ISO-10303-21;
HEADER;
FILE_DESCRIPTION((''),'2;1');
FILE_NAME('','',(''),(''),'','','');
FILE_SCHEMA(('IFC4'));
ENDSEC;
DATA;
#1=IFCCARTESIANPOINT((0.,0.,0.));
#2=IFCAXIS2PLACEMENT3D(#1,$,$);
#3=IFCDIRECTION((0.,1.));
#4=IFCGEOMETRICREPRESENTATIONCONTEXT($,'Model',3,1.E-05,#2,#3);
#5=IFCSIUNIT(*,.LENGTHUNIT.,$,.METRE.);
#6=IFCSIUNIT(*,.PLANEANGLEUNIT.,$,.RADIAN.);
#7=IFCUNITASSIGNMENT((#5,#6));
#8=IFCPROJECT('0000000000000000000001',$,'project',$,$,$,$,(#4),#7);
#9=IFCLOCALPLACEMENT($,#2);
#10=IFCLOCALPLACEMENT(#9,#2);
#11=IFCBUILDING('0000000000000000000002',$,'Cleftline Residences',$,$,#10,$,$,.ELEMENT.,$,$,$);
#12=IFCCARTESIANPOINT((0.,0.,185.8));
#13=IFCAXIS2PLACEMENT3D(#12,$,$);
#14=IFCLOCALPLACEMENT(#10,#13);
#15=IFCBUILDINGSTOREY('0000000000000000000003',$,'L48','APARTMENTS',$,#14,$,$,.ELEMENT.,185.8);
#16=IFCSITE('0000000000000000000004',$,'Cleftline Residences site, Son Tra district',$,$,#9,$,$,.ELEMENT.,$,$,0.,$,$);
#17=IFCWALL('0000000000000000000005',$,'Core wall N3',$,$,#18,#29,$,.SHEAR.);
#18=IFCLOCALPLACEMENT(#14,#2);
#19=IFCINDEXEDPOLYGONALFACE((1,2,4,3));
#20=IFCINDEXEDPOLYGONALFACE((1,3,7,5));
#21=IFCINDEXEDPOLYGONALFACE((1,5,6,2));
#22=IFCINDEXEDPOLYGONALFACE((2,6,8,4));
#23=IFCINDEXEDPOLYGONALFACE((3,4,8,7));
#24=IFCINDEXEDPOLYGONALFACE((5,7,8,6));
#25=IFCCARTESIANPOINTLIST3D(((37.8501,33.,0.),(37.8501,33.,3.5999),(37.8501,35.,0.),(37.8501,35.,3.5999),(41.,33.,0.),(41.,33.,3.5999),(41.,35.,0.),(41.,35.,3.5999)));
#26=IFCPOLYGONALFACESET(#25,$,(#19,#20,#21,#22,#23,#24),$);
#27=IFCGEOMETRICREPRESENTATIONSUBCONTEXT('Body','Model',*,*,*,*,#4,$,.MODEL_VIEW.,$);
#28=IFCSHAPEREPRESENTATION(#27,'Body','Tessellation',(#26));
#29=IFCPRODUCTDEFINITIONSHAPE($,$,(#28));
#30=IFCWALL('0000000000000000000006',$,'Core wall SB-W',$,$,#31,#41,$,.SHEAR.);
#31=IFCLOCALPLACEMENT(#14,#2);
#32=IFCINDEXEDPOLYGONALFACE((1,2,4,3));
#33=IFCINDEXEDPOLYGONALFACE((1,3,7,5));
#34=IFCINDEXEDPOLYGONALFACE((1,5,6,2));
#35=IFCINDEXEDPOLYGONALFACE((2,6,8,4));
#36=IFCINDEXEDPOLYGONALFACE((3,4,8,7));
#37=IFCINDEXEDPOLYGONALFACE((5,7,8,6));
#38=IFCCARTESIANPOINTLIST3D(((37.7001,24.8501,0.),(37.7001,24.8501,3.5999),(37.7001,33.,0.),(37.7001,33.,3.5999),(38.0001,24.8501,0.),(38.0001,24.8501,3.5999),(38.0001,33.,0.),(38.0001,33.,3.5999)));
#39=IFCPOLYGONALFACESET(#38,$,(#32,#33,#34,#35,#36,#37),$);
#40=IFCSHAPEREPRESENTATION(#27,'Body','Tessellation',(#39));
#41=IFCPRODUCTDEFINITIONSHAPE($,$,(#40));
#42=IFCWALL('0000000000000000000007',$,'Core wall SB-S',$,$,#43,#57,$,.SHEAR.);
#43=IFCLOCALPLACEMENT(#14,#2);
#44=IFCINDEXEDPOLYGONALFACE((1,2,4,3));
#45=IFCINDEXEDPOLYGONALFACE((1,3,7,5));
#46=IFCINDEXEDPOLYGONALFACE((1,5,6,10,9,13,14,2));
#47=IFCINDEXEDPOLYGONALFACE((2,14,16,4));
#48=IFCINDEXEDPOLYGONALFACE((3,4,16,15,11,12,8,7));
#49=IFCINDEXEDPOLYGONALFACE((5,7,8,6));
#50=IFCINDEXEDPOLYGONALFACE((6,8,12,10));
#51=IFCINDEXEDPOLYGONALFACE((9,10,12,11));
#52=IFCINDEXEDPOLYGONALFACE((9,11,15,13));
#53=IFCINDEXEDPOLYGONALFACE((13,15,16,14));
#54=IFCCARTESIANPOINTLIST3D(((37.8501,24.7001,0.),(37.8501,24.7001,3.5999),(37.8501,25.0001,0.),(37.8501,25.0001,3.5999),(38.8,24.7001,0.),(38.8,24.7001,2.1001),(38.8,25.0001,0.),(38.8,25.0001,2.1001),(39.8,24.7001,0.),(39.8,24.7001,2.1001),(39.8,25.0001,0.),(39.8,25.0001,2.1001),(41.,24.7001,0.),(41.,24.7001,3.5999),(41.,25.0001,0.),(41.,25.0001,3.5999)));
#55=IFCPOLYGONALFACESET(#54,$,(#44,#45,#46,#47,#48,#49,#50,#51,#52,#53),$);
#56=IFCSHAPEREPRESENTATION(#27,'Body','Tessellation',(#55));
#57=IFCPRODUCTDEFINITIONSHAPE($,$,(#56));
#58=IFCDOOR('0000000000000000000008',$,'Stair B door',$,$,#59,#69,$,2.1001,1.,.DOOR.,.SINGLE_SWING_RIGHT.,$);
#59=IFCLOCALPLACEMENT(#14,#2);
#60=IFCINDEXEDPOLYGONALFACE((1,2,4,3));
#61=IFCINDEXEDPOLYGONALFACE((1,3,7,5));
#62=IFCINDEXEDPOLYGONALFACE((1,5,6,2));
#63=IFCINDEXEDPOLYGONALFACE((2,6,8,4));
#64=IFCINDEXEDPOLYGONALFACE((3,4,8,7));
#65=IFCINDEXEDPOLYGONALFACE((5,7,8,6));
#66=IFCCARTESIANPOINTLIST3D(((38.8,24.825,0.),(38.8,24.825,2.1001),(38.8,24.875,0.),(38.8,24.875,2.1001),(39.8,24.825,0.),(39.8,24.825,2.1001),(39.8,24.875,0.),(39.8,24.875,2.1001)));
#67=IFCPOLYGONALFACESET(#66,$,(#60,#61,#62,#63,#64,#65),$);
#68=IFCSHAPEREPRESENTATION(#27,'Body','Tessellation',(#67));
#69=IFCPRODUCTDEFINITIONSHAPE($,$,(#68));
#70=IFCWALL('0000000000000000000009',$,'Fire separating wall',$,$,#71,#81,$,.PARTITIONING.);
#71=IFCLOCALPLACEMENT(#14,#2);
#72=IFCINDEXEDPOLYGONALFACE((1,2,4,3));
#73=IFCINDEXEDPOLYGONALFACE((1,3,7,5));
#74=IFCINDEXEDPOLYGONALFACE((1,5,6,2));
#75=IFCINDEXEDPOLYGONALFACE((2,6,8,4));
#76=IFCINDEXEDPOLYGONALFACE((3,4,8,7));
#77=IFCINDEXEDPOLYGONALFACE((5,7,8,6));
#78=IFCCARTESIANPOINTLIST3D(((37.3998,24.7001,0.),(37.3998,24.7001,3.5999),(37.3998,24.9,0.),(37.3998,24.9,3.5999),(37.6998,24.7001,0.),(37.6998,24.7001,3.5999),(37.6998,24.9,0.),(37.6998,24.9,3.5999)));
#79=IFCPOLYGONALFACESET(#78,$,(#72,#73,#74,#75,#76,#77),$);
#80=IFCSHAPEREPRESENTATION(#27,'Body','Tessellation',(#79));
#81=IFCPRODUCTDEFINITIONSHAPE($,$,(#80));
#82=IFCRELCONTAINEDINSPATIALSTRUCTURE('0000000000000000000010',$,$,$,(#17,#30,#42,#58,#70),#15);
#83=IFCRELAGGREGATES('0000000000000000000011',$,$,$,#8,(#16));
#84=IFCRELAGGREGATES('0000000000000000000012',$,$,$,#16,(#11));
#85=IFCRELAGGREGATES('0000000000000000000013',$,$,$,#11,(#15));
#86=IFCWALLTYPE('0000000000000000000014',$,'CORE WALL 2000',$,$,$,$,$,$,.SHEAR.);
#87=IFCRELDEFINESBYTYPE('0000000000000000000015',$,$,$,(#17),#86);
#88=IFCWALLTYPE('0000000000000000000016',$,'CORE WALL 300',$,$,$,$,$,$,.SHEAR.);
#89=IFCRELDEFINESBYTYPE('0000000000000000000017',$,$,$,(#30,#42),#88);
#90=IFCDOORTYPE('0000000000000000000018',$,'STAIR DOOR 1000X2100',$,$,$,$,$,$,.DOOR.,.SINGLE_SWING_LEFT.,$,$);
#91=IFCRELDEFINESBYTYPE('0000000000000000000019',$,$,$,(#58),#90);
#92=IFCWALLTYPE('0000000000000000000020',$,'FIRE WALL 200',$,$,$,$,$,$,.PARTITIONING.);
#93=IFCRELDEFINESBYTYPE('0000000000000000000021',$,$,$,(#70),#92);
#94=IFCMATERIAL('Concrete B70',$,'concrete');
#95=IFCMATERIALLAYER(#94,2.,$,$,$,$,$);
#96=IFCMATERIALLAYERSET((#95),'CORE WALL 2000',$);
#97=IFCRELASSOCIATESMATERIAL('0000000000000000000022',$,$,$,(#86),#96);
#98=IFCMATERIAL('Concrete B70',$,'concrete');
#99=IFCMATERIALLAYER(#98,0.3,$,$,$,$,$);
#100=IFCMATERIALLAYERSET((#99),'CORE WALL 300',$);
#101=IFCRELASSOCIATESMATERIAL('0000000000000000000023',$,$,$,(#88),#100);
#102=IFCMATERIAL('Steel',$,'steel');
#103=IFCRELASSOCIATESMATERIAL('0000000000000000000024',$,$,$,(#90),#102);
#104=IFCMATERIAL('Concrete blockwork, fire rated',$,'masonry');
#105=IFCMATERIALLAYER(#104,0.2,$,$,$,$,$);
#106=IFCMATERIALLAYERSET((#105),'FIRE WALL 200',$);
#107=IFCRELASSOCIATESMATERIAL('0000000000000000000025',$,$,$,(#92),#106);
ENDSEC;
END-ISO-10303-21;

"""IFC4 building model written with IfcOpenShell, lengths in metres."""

from ifc_helpers import new_model, si_unit, direction, frame, frame_2d, origin, place, context, subcontext, project, spatial, rectangle, extrude, material, layer, layer_set, type_object, element, fill, save


model = new_model("IFC4")

# Units and contexts
model_context = context("Model", 3, precision=1e-05, world=origin(), true_north=direction((0.0, 1.0)))
body_context = subcontext(model_context, "Body", "Model", "MODEL_VIEW")
ifc_project = project(units=[si_unit("LENGTHUNIT", "METRE"), si_unit("PLANEANGLEUNIT", "RADIAN")], contexts=[model_context])

# Site, building, storey
site_placement = place(None, origin())
site = spatial("IfcSite", under=ifc_project, at=site_placement, Name="Cleftline Residences site, Son Tra district", CompositionType="ELEMENT", RefElevation=0.0)
building_placement = place(site_placement, origin())
building = spatial("IfcBuilding", under=site, at=building_placement, Name="Cleftline Residences", CompositionType="ELEMENT")
storey_placement = place(building_placement, frame((0.0, 0.0, 185.8)))
storey = spatial("IfcBuildingStorey", under=building, at=storey_placement, Name="L48", Description="APARTMENTS", CompositionType="ELEMENT", Elevation=185.8)

# Walls
ifc_material_1 = material(Name="Concrete B70", Category="concrete")
ifc_layer_1 = layer(ifc_material_1, 2.0)
ifc_layer_set_1 = layer_set([ifc_layer_1], Name="CORE WALL 2000")
wall_type_1 = type_object("IfcWallType", Name="CORE WALL 2000", PredefinedType="SHEAR", material=ifc_layer_set_1)
wall_1_placement = place(storey_placement, frame((37.8501, 34.0, 0.0), z_axis=(0.0, 0.0, 1.0), x_axis=(1.0, 0.0, 0.0)))
element("IfcWall", 1, at=wall_1_placement, inside=storey, type_object=wall_type_1, Name="Core wall N3", PredefinedType="SHEAR", context=body_context, shape_type="SweptSolid", body=[
    extrude(rectangle(XDim=3.1499, YDim=2.0, at=frame_2d((1.575, 0.0))), origin(), (0.0, 0.0, 1.0), 3.5999),
])
ifc_material_2 = material(Name="Concrete B70", Category="concrete")
ifc_layer_2 = layer(ifc_material_2, 0.3)
ifc_layer_set_2 = layer_set([ifc_layer_2], Name="CORE WALL 300")
wall_type_2 = type_object("IfcWallType", Name="CORE WALL 300", PredefinedType="SHEAR", material=ifc_layer_set_2)
wall_2_placement = place(storey_placement, frame((37.8501, 24.8501, 0.0), z_axis=(0.0, 0.0, 1.0), x_axis=(0.0, 1.0, 0.0)))
element("IfcWall", 2, at=wall_2_placement, inside=storey, type_object=wall_type_2, Name="Core wall SB-W", PredefinedType="SHEAR", context=body_context, shape_type="SweptSolid", body=[
    extrude(rectangle(XDim=8.1499, YDim=0.3, at=frame_2d((4.075, 0.0))), origin(), (0.0, 0.0, 1.0), 3.5999),
])

# Wall, opening, door
wall_3_placement = place(storey_placement, frame((37.8501, 24.8501, 0.0), z_axis=(0.0, 0.0, 1.0), x_axis=(1.0, 0.0, 0.0)))
wall_3 = element("IfcWall", 3, at=wall_3_placement, inside=storey, type_object=wall_type_2, Name="Core wall SB-S", PredefinedType="SHEAR", context=body_context, shape_type="SweptSolid", body=[
    extrude(rectangle(XDim=3.1499, YDim=0.3, at=frame_2d((1.575, 0.0))), origin(), (0.0, 0.0, 1.0), 3.5999),
])
opening_1_placement = place(wall_3_placement, frame((0.95, 0.0, 0.0)))
opening_1 = element("IfcOpeningElement", 4, at=opening_1_placement, cuts=wall_3, PredefinedType="OPENING", context=body_context, shape_type="SweptSolid", body=[
    extrude(rectangle(XDim=1.0, YDim=2.1001, at=frame_2d((0.5, 1.05))), frame((0.0, 0.1599, 0.0), z_axis=(0.0, -1.0, 0.0), x_axis=(1.0, 0.0, 0.0)), (0.0, 0.0, 1.0), 0.3201),
])
ifc_material_3 = material(Name="Steel", Category="steel")
door_type_1 = type_object("IfcDoorType", Name="STAIR DOOR 1000X2100", OperationType="SINGLE_SWING_LEFT", PredefinedType="DOOR", material=ifc_material_3)
door_1_placement = place(opening_1_placement, origin())
door_1 = element("IfcDoor", 5, at=door_1_placement, inside=storey, type_object=door_type_1, Name="Stair B door", OperationType="SINGLE_SWING_RIGHT", OverallHeight=2.1001, OverallWidth=1.0, PredefinedType="DOOR", context=body_context, shape_type="SweptSolid", body=[
    extrude(rectangle(XDim=1.0, YDim=2.1001, at=frame_2d((0.5, 1.05))), frame((0.0, 0.0249, 0.0), z_axis=(0.0, -1.0, 0.0), x_axis=(1.0, 0.0, 0.0)), (0.0, 0.0, 1.0), 0.05),
])
fill(opening_1, door_1)

# Wall
ifc_material_4 = material(Name="Concrete blockwork, fire rated", Category="masonry")
ifc_layer_3 = layer(ifc_material_4, 0.2)
ifc_layer_set_3 = layer_set([ifc_layer_3], Name="FIRE WALL 200")
wall_type_3 = type_object("IfcWallType", Name="FIRE WALL 200", PredefinedType="PARTITIONING", material=ifc_layer_set_3)
wall_4_placement = place(storey_placement, frame((37.3999, 24.8, 0.0), z_axis=(0.0, 0.0, 1.0), x_axis=(1.0, 0.0, 0.0)))
element("IfcWall", 6, at=wall_4_placement, inside=storey, type_object=wall_type_3, Name="Fire separating wall", PredefinedType="PARTITIONING", context=body_context, shape_type="SweptSolid", body=[
    extrude(rectangle(XDim=0.3, YDim=0.2, at=frame_2d((0.1499, 0.0))), origin(), (0.0, 0.0, 1.0), 3.5999),
])

save(model, "model.ifc")
